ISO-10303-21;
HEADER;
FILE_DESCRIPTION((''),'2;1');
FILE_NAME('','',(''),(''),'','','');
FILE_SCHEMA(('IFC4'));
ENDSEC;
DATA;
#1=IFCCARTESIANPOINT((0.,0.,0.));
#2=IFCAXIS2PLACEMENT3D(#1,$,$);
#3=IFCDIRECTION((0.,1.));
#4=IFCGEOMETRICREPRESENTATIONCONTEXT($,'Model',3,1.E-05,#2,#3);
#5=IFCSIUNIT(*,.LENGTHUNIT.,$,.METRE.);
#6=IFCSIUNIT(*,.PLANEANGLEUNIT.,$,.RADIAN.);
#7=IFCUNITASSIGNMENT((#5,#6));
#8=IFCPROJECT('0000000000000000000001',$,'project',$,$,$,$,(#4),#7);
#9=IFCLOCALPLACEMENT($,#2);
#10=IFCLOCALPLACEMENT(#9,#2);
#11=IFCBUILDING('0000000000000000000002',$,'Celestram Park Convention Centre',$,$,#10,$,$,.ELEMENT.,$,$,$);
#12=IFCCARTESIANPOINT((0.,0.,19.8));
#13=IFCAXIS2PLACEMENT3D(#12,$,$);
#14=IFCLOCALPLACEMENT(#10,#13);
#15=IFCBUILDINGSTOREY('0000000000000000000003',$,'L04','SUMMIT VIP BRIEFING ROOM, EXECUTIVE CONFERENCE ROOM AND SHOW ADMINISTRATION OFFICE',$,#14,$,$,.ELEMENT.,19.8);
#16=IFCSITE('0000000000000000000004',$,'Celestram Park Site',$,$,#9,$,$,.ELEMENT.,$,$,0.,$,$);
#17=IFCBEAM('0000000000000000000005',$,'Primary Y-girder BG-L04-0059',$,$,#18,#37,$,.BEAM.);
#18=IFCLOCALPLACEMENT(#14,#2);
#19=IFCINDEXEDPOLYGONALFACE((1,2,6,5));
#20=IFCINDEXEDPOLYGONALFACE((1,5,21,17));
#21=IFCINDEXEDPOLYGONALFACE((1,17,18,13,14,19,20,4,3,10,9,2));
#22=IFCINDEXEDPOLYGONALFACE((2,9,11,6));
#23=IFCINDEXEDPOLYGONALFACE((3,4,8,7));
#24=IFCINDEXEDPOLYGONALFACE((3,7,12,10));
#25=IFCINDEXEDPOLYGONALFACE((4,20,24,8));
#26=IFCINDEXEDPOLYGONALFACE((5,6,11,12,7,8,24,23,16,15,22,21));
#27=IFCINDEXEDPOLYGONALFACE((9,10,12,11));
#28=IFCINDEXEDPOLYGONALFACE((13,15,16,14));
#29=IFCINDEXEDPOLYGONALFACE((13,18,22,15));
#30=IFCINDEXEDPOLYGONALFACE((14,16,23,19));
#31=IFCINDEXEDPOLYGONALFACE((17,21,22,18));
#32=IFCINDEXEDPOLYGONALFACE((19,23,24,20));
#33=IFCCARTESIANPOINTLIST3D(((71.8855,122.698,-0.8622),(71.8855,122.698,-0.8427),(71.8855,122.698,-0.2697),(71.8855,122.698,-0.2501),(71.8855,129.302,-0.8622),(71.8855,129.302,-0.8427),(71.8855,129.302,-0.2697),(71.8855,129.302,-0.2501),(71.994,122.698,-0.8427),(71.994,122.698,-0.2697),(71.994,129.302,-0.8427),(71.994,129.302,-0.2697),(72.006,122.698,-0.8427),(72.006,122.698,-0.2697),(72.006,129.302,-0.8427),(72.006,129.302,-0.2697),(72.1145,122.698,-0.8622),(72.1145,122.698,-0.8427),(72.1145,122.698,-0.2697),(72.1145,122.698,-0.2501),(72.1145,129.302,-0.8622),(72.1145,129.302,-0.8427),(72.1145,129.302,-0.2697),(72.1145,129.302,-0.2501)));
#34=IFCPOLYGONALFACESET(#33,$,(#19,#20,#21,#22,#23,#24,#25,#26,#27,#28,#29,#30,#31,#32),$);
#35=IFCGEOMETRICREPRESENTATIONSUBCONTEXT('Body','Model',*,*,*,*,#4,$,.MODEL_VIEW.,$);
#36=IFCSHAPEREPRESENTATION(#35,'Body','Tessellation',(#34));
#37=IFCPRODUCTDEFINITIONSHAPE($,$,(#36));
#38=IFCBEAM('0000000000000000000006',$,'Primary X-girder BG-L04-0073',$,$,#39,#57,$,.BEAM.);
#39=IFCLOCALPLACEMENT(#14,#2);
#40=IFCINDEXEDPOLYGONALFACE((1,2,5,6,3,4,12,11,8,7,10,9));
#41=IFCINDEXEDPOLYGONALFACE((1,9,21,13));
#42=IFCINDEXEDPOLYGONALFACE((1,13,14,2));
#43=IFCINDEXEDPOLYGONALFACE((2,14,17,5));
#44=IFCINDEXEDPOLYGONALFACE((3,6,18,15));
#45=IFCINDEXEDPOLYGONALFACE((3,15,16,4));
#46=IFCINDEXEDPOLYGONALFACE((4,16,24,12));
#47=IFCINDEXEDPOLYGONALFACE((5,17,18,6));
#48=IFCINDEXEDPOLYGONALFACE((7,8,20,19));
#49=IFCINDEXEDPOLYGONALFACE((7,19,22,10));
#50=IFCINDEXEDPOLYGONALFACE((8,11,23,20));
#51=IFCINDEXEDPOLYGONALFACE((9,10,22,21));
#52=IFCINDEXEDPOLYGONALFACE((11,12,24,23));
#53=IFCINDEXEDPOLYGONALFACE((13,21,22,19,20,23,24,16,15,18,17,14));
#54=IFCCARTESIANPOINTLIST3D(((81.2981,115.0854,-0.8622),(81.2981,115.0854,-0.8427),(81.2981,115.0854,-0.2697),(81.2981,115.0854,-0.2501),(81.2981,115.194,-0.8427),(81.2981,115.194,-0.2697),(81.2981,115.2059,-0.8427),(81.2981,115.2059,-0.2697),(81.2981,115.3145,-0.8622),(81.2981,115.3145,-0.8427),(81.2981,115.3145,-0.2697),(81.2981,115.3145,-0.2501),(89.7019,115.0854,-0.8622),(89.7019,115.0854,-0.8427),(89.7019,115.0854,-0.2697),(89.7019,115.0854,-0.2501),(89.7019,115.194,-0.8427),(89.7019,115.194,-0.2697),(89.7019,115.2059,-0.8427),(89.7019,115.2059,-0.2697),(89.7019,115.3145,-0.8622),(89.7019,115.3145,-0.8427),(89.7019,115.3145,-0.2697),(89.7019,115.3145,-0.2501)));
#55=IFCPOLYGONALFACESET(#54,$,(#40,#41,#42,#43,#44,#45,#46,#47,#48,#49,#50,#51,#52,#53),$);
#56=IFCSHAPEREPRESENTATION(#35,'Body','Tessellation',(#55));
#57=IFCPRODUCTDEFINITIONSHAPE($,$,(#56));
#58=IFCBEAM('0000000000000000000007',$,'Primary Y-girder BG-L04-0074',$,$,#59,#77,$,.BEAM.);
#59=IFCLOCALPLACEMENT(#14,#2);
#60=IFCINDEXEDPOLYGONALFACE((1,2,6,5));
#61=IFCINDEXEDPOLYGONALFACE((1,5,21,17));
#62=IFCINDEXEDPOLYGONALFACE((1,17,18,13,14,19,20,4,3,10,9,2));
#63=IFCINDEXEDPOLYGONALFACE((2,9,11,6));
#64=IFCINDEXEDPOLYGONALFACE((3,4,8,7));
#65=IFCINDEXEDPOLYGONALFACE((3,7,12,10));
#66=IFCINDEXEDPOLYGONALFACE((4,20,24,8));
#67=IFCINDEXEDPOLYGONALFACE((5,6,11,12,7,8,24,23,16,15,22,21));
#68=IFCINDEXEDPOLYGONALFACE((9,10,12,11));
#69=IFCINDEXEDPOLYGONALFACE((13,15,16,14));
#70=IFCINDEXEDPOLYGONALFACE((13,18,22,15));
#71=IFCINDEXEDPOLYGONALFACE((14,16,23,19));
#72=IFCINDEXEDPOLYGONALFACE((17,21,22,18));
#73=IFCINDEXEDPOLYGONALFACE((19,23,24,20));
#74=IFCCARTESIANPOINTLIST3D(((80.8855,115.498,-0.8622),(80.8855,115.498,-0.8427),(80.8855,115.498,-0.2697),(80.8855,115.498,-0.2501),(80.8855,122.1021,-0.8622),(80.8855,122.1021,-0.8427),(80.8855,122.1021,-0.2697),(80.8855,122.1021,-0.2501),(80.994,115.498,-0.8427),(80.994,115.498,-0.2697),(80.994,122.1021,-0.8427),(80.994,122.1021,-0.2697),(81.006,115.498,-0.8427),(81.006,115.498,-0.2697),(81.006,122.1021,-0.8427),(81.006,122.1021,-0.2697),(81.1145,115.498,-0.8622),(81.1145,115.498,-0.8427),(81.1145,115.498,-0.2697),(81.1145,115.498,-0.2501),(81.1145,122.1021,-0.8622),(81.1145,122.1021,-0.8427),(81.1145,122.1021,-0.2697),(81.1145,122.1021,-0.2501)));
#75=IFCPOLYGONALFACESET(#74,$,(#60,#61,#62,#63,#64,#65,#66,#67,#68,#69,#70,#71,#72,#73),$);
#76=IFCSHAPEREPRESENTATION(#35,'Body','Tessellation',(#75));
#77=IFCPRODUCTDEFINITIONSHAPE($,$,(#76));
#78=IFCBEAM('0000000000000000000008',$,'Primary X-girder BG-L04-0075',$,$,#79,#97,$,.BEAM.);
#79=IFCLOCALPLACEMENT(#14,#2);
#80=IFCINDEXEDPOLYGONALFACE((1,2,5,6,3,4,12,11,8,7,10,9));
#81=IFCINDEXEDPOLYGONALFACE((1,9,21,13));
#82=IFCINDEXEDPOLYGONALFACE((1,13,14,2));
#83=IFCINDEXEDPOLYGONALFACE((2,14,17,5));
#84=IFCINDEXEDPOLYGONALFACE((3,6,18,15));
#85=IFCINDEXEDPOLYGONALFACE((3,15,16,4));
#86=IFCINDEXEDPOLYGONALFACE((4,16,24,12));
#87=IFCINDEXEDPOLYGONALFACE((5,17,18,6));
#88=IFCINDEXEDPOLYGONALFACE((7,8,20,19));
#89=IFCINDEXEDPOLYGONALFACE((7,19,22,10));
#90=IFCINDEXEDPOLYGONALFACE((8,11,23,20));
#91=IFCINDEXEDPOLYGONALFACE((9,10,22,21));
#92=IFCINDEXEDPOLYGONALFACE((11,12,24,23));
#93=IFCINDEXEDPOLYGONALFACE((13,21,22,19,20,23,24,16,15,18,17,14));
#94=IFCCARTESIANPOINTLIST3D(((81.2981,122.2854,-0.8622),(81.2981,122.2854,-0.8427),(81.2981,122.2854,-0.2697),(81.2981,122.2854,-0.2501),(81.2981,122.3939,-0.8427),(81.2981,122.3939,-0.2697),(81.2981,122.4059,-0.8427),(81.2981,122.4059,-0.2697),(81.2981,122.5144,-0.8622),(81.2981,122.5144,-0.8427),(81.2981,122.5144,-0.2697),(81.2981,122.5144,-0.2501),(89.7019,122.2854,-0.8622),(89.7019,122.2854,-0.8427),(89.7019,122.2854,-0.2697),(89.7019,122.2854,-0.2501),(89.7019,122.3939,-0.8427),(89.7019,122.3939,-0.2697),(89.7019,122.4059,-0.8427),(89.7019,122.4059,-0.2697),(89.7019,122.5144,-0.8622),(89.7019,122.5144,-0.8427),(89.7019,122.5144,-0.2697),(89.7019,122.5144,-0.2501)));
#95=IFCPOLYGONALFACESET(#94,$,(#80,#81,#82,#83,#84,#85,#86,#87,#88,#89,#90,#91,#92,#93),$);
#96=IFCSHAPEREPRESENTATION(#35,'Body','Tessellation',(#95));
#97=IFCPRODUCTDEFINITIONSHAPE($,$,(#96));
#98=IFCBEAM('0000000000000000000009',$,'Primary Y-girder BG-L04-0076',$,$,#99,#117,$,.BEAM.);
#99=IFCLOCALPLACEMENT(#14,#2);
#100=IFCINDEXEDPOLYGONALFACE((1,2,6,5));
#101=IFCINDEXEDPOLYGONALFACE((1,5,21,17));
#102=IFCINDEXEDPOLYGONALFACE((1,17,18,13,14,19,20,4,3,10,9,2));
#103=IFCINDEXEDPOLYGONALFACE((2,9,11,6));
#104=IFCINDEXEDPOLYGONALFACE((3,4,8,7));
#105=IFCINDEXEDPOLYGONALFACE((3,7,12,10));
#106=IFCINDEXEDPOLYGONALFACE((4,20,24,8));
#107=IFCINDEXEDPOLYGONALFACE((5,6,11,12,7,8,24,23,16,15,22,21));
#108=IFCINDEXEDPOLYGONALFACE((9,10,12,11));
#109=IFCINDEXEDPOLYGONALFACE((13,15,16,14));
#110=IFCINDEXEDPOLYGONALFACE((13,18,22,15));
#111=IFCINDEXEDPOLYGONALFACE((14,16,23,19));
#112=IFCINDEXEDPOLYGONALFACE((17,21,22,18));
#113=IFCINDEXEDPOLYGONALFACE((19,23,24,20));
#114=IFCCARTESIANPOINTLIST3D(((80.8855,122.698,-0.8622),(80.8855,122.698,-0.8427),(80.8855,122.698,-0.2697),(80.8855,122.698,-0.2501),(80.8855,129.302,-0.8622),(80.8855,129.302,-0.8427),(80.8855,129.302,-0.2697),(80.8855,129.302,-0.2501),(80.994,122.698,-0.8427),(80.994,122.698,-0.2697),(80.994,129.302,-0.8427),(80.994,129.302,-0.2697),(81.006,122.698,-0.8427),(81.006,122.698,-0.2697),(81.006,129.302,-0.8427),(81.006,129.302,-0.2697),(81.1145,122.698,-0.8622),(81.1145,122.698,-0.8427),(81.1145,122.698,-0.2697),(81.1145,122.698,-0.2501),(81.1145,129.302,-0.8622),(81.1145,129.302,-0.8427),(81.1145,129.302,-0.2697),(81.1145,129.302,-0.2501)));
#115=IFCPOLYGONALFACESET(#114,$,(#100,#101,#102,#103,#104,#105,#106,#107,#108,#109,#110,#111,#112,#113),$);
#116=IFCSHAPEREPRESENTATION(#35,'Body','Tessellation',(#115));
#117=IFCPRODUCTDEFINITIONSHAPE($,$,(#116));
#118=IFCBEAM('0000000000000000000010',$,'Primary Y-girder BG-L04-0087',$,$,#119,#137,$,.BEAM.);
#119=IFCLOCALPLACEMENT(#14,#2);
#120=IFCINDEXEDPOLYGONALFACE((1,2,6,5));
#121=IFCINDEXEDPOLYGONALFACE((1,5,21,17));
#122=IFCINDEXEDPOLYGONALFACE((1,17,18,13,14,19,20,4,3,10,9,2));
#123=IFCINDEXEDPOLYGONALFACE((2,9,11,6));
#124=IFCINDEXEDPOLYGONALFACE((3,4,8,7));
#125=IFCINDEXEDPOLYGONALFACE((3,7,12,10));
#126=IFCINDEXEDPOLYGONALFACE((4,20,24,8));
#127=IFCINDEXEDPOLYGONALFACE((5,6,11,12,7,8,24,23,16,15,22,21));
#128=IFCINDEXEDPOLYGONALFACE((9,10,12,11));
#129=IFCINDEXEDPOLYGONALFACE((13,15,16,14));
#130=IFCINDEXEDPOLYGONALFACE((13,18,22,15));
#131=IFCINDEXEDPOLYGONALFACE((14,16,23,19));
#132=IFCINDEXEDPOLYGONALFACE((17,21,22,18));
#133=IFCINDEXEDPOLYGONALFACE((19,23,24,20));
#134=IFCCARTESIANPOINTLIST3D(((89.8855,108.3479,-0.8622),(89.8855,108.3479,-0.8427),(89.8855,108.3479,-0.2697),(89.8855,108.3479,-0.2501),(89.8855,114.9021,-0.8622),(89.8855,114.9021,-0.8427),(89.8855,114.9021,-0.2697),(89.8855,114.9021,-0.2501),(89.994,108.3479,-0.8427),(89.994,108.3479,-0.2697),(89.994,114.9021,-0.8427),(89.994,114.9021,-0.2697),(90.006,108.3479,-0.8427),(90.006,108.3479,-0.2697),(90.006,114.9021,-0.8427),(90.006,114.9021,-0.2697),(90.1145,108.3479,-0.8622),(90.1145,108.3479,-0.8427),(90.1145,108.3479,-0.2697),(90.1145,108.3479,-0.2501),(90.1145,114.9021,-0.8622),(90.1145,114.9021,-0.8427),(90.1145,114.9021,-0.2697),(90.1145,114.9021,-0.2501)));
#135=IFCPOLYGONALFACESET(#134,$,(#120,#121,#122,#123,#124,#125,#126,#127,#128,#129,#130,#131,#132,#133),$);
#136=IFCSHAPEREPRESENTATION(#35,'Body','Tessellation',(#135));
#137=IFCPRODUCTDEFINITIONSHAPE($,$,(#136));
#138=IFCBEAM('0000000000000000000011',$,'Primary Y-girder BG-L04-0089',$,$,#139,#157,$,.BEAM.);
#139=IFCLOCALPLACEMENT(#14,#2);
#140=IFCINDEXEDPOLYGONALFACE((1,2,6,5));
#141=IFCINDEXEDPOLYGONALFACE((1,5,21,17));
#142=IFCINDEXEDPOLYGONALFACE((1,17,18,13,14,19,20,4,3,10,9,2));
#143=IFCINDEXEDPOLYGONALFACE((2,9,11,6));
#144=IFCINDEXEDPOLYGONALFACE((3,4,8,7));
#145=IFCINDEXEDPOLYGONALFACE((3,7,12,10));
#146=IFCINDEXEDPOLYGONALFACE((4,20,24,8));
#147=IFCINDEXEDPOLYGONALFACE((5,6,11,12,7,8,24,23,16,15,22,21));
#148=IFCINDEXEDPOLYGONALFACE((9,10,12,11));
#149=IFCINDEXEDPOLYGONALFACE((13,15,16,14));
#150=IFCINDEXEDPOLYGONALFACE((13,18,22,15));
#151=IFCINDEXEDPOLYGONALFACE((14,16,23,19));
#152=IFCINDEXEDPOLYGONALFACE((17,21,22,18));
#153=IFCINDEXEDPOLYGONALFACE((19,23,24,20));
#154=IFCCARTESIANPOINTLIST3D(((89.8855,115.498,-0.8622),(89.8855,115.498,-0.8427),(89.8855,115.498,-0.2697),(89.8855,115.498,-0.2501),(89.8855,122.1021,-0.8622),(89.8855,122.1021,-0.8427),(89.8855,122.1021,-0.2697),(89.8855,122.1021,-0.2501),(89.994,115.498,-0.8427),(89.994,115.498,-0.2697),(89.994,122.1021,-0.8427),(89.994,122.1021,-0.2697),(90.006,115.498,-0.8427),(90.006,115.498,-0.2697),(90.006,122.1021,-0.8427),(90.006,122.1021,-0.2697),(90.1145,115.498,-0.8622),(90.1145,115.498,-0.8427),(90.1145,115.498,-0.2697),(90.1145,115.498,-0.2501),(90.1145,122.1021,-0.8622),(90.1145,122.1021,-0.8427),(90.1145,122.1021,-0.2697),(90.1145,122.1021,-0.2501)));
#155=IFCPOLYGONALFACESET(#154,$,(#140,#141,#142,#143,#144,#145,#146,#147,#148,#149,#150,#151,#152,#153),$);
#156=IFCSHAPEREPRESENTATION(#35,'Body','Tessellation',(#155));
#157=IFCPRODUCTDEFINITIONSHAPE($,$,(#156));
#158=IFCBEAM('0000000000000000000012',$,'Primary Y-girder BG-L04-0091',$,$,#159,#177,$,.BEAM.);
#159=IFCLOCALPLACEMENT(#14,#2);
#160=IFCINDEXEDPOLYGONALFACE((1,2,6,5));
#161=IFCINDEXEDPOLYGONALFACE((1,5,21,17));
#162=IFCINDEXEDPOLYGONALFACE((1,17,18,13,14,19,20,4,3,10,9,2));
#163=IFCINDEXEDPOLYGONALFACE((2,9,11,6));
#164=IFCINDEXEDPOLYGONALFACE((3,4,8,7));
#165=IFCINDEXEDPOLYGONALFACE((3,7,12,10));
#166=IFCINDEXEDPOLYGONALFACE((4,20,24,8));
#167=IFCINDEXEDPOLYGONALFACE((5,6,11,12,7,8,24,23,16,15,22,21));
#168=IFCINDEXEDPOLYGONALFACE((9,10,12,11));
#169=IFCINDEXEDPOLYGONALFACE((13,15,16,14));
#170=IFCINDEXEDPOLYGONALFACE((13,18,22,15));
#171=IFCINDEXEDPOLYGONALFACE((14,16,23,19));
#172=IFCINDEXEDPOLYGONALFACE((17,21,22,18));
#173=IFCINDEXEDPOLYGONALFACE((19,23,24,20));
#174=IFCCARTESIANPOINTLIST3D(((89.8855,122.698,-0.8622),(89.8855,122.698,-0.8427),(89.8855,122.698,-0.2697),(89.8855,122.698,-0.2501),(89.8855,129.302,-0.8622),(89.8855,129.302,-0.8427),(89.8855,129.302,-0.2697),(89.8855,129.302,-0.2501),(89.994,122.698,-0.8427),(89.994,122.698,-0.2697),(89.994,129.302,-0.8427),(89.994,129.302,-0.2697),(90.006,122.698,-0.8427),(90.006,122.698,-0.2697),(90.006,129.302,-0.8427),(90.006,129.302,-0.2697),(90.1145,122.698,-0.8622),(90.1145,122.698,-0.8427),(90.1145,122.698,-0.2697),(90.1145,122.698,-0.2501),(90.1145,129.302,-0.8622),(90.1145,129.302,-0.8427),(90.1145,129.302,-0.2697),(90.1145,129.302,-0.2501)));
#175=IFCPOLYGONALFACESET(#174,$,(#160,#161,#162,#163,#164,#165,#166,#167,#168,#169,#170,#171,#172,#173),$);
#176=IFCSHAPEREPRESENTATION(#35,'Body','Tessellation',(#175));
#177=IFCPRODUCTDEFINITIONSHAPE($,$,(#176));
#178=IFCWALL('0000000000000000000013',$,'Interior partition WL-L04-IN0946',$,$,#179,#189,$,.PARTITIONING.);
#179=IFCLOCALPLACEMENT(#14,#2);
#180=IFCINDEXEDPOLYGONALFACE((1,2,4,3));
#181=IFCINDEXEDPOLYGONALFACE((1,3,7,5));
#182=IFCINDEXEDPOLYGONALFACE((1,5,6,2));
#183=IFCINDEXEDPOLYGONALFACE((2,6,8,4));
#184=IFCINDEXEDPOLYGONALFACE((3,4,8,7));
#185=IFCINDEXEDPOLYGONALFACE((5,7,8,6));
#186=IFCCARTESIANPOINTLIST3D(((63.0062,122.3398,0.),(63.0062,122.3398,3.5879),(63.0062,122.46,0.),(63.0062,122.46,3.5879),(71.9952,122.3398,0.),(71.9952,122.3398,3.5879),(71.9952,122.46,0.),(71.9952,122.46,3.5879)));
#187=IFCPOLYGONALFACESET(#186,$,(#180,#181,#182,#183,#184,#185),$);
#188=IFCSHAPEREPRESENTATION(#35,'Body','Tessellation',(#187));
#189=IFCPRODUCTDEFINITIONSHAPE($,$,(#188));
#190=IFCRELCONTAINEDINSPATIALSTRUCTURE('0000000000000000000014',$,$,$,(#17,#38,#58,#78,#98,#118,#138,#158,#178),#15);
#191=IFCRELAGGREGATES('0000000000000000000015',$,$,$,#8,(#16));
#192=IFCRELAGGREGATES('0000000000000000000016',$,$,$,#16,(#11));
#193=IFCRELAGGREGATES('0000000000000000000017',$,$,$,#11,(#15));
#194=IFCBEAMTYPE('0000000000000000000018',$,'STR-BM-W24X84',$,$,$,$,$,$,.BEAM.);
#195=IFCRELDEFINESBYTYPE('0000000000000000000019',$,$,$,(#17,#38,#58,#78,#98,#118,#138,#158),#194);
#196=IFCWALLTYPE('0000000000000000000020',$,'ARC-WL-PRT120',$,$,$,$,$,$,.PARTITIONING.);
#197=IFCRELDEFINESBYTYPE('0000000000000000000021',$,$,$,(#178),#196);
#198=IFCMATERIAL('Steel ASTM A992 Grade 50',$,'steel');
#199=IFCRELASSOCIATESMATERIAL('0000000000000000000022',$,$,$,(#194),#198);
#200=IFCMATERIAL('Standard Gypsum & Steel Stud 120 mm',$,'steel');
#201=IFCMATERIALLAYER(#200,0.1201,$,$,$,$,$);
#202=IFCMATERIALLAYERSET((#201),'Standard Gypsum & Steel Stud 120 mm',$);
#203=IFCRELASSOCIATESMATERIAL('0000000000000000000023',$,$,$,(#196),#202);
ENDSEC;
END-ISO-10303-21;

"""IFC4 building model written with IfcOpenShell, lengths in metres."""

from ifc_helpers import new_model, si_unit, direction, frame, frame_2d, origin, origin_2d, place, context, subcontext, project, spatial, rectangle, i_section, extrude, material, layer, layer_set, material_profile, profile_set, type_object, element, save


model = new_model("IFC4")

# Units and contexts
model_context = context("Model", 3, precision=1e-05, world=origin(), true_north=direction((0.0, 1.0)))
body_context = subcontext(model_context, "Body", "Model", "MODEL_VIEW")
ifc_project = project(units=[si_unit("LENGTHUNIT", "METRE"), si_unit("PLANEANGLEUNIT", "RADIAN")], contexts=[model_context])

# Site, building, storey
site_placement = place(None, origin())
site = spatial("IfcSite", under=ifc_project, at=site_placement, Name="Celestram Park Site", CompositionType="ELEMENT", RefElevation=0.0)
building_placement = place(site_placement, origin())
building = spatial("IfcBuilding", under=site, at=building_placement, Name="Celestram Park Convention Centre", CompositionType="ELEMENT")
storey_placement = place(building_placement, frame((0.0, 0.0, 19.8)))
storey = spatial("IfcBuildingStorey", under=building, at=storey_placement, Name="L04", Description="SUMMIT VIP BRIEFING ROOM, EXECUTIVE CONFERENCE ROOM AND SHOW ADMINISTRATION OFFICE", CompositionType="ELEMENT", Elevation=19.8)

# Shared definitions
ifc_material_1 = material(Name="Steel ASTM A992 Grade 50", Category="steel")

# Beams
ifc_material_profile_1 = material_profile(ifc_material_1, i_section(OverallWidth=0.229, OverallDepth=0.6121, WebThickness=0.012, FlangeThickness=0.0195, at=origin_2d()), Name="W24X84")
ifc_profile_set_1 = profile_set([ifc_material_profile_1], Name="Steel ASTM A992 Grade 50")
beam_type = type_object("IfcBeamType", Name="STR-BM-W24X84", PredefinedType="BEAM", material=ifc_profile_set_1)
beam_1_placement = place(storey_placement, frame((72.0, 122.698, -0.5562), z_axis=(0.0, 1.0, 0.0), x_axis=(-1.0, 0.0, 0.0)))
element("IfcBeam", 1, at=beam_1_placement, inside=storey, type_object=beam_type, Name="Primary Y-girder BG-L04-0059", PredefinedType="BEAM", context=body_context, shape_type="SweptSolid", body=[
    extrude(i_section(OverallWidth=0.229, OverallDepth=0.6121, WebThickness=0.012, FlangeThickness=0.0195, at=origin_2d()), origin(), (0.0, 0.0, 1.0), 6.604),
])
beam_2_placement = place(storey_placement, frame((81.2981, 115.2, -0.5562), z_axis=(1.0, 0.0, 0.0), x_axis=(0.0, 1.0, 0.0)))
element("IfcBeam", 2, at=beam_2_placement, inside=storey, type_object=beam_type, Name="Primary X-girder BG-L04-0073", PredefinedType="BEAM", context=body_context, shape_type="SweptSolid", body=[
    extrude(i_section(OverallWidth=0.229, OverallDepth=0.6121, WebThickness=0.012, FlangeThickness=0.0195, at=origin_2d()), origin(), (0.0, 0.0, 1.0), 8.4038),
])
beam_3_placement = place(storey_placement, frame((81.0, 115.498, -0.5562), z_axis=(0.0, 1.0, 0.0), x_axis=(-1.0, 0.0, 0.0)))
element("IfcBeam", 3, at=beam_3_placement, inside=storey, type_object=beam_type, Name="Primary Y-girder BG-L04-0074", PredefinedType="BEAM", context=body_context, shape_type="SweptSolid", body=[
    extrude(i_section(OverallWidth=0.229, OverallDepth=0.6121, WebThickness=0.012, FlangeThickness=0.0195, at=origin_2d()), origin(), (0.0, 0.0, 1.0), 6.604),
])
beam_4_placement = place(storey_placement, frame((81.2981, 122.3999, -0.5562), z_axis=(1.0, 0.0, 0.0), x_axis=(0.0, 1.0, 0.0)))
element("IfcBeam", 4, at=beam_4_placement, inside=storey, type_object=beam_type, Name="Primary X-girder BG-L04-0075", PredefinedType="BEAM", context=body_context, shape_type="SweptSolid", body=[
    extrude(i_section(OverallWidth=0.229, OverallDepth=0.6121, WebThickness=0.012, FlangeThickness=0.0195, at=origin_2d()), origin(), (0.0, 0.0, 1.0), 8.4038),
])
beam_5_placement = place(storey_placement, frame((81.0, 122.698, -0.5562), z_axis=(0.0, 1.0, 0.0), x_axis=(-1.0, 0.0, 0.0)))
element("IfcBeam", 5, at=beam_5_placement, inside=storey, type_object=beam_type, Name="Primary Y-girder BG-L04-0076", PredefinedType="BEAM", context=body_context, shape_type="SweptSolid", body=[
    extrude(i_section(OverallWidth=0.229, OverallDepth=0.6121, WebThickness=0.012, FlangeThickness=0.0195, at=origin_2d()), origin(), (0.0, 0.0, 1.0), 6.604),
])
beam_6_placement = place(storey_placement, frame((90.0, 108.3479, -0.5562), z_axis=(0.0, 1.0, 0.0), x_axis=(-1.0, 0.0, 0.0)))
element("IfcBeam", 6, at=beam_6_placement, inside=storey, type_object=beam_type, Name="Primary Y-girder BG-L04-0087", PredefinedType="BEAM", context=body_context, shape_type="SweptSolid", body=[
    extrude(i_section(OverallWidth=0.229, OverallDepth=0.6121, WebThickness=0.012, FlangeThickness=0.0195, at=origin_2d()), origin(), (0.0, 0.0, 1.0), 6.5542),
])
for number, where, z_axis, x_axis, name in (
    (7, (90.0, 115.498, -0.5562), (0.0, 1.0, 0.0), (-1.0, 0.0, 0.0), "Primary Y-girder BG-L04-0089"),
    (8, (90.0, 122.698, -0.5562), (0.0, 1.0, 0.0), (-1.0, 0.0, 0.0), "Primary Y-girder BG-L04-0091"),
):
    element("IfcBeam", number, at=place(storey_placement, frame(where, z_axis=z_axis, x_axis=x_axis)), inside=storey, type_object=beam_type, Name=name, PredefinedType="BEAM", context=body_context, shape_type="SweptSolid", body=[
        extrude(i_section(OverallWidth=0.229, OverallDepth=0.6121, WebThickness=0.012, FlangeThickness=0.0195, at=origin_2d()), origin(), (0.0, 0.0, 1.0), 6.604),
    ])

# Wall
ifc_material_2 = material(Name="Standard Gypsum & Steel Stud 120 mm", Category="steel")
ifc_layer_1 = layer(ifc_material_2, 0.1201)
ifc_layer_set_1 = layer_set([ifc_layer_1], Name="Standard Gypsum & Steel Stud 120 mm")
wall_type_1 = type_object("IfcWallType", Name="ARC-WL-PRT120", PredefinedType="PARTITIONING", material=ifc_layer_set_1)
wall_1_placement = place(storey_placement, frame((63.0061, 122.3999, 0.0), z_axis=(0.0, 0.0, 1.0), x_axis=(1.0, 0.0, 0.0)))
element("IfcWall", 9, at=wall_1_placement, inside=storey, type_object=wall_type_1, Name="Interior partition WL-L04-IN0946", PredefinedType="PARTITIONING", context=body_context, shape_type="SweptSolid", body=[
    extrude(rectangle(XDim=8.989, YDim=0.1201, at=frame_2d((4.4946, 0.0))), origin(), (0.0, 0.0, 1.0), 3.5879),
])

save(model, "model.ifc")
